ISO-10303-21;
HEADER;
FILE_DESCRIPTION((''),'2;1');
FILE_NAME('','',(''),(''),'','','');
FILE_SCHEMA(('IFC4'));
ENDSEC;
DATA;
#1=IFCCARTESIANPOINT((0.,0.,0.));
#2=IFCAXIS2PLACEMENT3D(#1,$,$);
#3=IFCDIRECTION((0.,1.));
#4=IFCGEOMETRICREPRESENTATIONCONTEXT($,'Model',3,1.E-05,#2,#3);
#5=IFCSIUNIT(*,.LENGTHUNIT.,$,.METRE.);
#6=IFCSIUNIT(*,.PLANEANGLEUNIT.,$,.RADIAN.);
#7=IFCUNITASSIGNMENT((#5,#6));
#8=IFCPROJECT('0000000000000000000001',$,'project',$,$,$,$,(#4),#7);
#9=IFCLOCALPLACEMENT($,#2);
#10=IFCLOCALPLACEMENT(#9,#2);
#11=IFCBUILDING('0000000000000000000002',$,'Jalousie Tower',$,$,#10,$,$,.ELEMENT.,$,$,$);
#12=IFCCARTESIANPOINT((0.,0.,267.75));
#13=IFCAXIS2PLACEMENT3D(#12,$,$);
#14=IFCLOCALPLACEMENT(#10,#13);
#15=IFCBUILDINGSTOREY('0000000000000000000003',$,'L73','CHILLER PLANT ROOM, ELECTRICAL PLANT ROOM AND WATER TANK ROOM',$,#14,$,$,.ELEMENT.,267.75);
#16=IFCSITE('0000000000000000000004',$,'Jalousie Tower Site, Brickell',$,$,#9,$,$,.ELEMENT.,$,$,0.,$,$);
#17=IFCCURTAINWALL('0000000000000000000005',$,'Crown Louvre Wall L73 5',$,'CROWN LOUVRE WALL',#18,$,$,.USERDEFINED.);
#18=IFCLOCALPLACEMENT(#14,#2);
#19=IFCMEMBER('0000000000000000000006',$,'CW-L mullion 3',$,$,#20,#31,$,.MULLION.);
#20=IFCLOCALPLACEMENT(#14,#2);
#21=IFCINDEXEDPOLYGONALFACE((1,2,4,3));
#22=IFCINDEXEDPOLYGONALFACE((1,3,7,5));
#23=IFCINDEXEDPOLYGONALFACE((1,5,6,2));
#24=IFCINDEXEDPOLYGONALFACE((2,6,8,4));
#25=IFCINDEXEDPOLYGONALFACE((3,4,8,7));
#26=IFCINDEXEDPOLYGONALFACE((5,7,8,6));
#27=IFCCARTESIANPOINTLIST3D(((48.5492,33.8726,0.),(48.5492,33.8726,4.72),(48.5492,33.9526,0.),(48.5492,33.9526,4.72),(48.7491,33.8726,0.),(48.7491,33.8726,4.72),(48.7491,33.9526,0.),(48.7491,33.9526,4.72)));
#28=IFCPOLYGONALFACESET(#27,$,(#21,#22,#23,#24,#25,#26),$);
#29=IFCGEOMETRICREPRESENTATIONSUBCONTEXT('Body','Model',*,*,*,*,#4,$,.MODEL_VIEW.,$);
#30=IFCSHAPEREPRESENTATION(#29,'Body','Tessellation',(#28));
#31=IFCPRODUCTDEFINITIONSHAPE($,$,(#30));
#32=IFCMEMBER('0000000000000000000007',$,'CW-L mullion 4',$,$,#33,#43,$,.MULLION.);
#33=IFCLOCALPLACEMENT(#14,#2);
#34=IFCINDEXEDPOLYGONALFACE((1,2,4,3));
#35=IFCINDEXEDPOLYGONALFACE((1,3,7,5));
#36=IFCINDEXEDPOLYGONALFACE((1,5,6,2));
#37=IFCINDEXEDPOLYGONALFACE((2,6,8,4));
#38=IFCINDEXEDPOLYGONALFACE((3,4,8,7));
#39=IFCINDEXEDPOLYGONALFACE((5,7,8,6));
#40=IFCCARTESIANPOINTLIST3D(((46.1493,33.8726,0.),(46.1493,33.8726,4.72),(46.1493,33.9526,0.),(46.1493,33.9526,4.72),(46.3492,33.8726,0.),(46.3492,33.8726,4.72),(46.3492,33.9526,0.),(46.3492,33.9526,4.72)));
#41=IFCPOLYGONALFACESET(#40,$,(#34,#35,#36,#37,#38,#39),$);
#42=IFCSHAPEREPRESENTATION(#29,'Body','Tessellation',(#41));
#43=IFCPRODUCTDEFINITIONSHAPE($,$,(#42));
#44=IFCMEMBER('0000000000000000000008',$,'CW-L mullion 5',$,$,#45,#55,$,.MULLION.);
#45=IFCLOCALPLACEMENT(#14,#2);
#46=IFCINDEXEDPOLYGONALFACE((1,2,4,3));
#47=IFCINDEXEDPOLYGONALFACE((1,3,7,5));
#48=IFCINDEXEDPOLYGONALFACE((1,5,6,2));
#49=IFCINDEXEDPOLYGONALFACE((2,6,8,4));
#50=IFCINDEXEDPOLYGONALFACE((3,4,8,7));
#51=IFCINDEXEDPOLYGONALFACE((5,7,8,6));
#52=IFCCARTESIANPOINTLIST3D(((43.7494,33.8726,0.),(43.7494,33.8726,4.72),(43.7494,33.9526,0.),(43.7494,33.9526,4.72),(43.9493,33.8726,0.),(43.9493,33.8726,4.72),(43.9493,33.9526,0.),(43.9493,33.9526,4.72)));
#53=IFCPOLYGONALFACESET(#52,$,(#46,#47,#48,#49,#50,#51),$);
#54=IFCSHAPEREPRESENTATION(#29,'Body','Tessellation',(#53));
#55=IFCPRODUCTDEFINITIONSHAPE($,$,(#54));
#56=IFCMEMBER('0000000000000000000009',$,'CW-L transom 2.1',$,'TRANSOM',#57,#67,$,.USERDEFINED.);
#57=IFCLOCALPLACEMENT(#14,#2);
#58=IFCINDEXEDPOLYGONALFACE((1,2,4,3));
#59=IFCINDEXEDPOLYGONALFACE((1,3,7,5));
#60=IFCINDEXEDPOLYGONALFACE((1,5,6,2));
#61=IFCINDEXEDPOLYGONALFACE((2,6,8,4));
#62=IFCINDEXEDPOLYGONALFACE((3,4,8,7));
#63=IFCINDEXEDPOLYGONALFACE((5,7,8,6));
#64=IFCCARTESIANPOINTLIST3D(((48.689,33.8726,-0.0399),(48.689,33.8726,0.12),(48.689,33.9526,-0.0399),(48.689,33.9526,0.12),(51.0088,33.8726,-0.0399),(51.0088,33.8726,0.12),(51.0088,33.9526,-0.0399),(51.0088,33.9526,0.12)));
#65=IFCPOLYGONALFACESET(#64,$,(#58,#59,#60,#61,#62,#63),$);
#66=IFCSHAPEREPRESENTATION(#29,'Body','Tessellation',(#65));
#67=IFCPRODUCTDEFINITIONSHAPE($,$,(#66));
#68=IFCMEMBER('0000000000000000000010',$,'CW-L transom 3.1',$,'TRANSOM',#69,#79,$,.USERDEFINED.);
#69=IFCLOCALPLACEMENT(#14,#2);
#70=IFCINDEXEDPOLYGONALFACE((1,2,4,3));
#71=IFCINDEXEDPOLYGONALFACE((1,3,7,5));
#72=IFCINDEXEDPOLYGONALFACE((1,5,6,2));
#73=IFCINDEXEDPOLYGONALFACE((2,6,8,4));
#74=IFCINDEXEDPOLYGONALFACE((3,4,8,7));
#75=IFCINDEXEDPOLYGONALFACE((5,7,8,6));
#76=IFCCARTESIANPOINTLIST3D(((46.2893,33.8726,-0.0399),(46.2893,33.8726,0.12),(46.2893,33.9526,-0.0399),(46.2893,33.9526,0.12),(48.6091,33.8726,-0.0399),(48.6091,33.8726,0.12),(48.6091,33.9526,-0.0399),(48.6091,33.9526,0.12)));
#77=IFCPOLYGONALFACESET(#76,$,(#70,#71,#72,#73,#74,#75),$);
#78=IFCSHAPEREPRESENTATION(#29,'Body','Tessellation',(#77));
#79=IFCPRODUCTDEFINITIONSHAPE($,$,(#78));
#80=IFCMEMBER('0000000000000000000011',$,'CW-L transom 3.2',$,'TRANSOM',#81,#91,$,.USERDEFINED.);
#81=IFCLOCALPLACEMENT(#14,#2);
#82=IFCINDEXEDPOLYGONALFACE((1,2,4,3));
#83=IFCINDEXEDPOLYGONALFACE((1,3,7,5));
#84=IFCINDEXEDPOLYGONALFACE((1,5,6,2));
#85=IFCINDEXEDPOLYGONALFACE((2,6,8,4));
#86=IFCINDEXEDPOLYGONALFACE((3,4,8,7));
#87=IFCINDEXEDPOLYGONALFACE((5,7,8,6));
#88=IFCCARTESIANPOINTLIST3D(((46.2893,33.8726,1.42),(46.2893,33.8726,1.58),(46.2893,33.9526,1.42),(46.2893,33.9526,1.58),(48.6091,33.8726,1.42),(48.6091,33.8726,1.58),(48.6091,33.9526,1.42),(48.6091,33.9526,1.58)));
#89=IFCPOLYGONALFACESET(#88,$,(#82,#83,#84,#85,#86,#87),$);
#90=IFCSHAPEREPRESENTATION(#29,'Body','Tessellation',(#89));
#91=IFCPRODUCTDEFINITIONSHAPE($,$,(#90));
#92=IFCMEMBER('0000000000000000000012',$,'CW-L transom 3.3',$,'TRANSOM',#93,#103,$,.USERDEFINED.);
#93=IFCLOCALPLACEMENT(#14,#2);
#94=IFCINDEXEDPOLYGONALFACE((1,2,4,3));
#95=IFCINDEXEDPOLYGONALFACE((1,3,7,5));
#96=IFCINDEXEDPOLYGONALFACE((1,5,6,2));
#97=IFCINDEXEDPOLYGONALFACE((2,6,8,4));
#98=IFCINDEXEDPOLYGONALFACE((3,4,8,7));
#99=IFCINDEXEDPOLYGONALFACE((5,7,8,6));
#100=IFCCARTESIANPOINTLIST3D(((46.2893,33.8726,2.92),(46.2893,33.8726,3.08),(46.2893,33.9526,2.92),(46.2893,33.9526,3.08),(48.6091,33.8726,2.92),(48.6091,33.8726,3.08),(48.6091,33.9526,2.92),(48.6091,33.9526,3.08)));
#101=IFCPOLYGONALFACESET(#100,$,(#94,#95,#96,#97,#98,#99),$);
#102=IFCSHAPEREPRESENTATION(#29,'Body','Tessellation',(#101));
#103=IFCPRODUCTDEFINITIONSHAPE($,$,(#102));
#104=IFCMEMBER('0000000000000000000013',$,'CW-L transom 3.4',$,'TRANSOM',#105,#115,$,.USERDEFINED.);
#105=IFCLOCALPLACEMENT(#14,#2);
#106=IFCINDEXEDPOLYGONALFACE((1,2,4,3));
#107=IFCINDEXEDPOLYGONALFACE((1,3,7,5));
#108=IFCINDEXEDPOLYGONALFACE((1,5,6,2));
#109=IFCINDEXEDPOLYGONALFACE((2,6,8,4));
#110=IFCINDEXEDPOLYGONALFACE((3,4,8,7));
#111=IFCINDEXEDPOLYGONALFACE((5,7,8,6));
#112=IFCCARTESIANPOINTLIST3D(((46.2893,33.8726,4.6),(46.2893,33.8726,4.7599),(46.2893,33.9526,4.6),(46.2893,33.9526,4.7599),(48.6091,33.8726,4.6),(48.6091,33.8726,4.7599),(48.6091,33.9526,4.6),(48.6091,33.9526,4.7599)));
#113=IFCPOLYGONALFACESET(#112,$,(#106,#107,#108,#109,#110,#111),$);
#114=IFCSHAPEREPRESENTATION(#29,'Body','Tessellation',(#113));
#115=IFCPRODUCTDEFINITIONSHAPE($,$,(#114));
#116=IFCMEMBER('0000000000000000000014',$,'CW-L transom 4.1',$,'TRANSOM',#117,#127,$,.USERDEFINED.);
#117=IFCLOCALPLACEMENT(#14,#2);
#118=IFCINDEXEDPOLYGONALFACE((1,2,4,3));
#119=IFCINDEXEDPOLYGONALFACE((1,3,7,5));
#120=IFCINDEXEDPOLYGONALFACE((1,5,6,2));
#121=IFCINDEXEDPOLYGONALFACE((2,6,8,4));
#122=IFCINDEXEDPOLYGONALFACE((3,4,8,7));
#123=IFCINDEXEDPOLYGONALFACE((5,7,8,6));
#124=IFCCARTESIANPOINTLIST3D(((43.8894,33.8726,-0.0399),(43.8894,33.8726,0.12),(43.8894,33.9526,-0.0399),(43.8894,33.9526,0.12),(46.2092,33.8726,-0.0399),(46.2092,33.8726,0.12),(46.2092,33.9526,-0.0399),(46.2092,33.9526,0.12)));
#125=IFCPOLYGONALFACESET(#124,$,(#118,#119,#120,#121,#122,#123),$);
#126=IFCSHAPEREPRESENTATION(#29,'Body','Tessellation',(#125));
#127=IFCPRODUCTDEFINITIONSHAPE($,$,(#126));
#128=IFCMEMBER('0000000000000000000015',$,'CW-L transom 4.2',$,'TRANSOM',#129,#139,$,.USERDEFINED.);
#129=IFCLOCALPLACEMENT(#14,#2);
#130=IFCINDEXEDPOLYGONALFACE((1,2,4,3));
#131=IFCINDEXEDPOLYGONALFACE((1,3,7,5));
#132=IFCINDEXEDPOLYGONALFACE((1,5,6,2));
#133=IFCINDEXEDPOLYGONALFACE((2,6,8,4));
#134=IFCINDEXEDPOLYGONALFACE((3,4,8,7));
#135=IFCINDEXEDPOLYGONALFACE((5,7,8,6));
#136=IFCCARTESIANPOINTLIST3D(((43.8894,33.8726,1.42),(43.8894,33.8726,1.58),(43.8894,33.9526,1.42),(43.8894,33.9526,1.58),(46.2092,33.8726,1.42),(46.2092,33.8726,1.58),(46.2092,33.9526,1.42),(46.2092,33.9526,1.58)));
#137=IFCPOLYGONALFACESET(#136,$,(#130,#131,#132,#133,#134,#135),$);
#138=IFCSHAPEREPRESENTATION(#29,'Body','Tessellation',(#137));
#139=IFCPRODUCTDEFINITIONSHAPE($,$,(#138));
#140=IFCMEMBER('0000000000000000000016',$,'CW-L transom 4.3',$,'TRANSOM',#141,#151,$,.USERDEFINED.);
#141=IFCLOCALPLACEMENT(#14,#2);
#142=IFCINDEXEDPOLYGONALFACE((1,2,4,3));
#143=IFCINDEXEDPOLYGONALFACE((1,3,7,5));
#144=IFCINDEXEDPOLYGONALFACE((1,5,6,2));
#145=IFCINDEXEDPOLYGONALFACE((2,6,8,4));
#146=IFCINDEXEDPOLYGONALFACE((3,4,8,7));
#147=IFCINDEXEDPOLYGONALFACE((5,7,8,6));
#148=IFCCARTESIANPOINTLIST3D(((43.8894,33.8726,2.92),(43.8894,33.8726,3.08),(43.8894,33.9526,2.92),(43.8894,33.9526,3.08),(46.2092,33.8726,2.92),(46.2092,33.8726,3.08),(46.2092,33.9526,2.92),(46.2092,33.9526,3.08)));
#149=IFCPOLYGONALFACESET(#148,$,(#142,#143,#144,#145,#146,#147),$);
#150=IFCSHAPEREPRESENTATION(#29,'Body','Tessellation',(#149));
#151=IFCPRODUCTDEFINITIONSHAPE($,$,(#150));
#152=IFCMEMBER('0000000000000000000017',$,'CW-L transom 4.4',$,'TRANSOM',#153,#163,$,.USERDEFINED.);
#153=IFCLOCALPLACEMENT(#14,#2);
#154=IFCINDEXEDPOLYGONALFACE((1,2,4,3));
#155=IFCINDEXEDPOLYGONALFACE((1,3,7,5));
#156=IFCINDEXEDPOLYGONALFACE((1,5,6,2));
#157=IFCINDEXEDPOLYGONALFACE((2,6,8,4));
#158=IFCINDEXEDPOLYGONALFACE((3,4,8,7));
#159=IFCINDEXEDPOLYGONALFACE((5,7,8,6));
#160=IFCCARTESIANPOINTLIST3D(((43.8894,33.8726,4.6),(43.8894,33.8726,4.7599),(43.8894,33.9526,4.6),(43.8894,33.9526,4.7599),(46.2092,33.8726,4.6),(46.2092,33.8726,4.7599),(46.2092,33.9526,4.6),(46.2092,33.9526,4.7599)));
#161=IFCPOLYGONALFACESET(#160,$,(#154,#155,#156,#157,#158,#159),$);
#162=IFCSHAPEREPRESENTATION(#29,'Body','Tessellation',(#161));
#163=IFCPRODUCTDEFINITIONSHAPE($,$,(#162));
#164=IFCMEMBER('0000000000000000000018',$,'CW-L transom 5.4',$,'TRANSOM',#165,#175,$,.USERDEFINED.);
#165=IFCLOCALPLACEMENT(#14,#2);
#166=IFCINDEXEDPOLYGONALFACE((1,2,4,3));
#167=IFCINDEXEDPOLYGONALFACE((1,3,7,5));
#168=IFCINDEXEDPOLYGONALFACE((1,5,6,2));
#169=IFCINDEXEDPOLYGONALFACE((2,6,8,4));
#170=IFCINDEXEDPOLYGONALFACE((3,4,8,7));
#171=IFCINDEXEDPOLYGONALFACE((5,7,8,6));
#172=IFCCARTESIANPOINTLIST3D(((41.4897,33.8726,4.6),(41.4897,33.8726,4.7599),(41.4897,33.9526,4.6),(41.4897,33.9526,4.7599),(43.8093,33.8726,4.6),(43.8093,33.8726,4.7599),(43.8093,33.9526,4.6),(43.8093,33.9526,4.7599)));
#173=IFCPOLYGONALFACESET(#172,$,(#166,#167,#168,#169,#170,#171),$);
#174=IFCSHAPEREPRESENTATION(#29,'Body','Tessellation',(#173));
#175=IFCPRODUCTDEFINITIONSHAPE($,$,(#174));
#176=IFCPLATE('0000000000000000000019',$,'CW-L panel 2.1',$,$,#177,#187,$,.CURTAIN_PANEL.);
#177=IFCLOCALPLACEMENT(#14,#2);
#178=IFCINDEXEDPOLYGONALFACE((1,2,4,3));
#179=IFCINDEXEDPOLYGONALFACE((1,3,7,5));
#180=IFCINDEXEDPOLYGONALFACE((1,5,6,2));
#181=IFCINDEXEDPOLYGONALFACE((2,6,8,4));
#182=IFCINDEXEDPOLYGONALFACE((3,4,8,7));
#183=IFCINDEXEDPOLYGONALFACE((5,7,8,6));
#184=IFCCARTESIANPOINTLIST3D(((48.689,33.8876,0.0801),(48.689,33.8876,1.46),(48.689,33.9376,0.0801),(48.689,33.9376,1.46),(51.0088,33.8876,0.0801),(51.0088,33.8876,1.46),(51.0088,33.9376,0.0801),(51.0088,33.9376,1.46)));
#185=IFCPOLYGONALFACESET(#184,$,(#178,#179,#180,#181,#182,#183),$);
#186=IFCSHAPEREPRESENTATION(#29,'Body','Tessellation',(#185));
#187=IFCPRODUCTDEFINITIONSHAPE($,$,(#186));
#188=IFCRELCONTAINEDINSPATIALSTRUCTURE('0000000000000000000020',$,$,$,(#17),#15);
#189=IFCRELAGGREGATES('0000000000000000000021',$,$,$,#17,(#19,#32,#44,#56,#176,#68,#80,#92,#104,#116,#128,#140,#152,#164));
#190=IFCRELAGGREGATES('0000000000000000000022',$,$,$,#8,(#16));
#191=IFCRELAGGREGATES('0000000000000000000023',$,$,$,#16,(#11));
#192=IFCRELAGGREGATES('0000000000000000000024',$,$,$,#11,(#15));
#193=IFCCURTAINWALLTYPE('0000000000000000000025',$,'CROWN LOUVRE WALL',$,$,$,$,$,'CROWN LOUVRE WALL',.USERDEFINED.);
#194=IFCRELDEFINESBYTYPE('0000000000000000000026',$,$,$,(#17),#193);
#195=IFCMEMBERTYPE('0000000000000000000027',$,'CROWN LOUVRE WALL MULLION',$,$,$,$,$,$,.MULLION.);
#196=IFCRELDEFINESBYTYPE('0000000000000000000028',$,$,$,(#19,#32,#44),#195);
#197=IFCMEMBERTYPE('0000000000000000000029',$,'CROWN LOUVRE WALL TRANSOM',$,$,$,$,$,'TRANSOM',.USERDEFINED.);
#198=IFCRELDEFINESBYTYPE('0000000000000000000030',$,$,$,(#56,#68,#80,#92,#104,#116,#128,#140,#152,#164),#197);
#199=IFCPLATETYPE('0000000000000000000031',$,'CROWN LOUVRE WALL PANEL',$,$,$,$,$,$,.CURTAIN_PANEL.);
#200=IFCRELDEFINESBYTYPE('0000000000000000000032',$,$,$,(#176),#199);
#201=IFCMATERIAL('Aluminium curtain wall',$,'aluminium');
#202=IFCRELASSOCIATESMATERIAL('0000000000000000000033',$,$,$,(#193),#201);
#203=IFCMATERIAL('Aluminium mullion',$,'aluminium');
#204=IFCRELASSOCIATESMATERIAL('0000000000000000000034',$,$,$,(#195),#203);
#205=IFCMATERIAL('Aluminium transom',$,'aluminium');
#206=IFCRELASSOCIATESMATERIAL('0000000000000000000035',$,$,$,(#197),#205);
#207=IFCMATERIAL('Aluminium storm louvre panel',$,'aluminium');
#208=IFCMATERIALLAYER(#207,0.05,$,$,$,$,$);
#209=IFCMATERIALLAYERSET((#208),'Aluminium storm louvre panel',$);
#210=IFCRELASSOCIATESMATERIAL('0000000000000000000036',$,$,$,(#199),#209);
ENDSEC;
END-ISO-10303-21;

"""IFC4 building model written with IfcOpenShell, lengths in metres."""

from ifc_helpers import new_model, si_unit, direction, frame, origin, origin_2d, place, context, subcontext, project, spatial, rectangle, extrude, material, layer, layer_set, material_profile, profile_set, type_object, element, aggregate, save


model = new_model("IFC4")

# Units and contexts
model_context = context("Model", 3, precision=1e-05, world=origin(), true_north=direction((0.0, 1.0)))
body_context = subcontext(model_context, "Body", "Model", "MODEL_VIEW")
ifc_project = project(units=[si_unit("LENGTHUNIT", "METRE"), si_unit("PLANEANGLEUNIT", "RADIAN")], contexts=[model_context])

# Site, building, storey
site_placement = place(None, origin())
site = spatial("IfcSite", under=ifc_project, at=site_placement, Name="Jalousie Tower Site, Brickell", CompositionType="ELEMENT", RefElevation=0.0)
building_placement = place(site_placement, origin())
building = spatial("IfcBuilding", under=site, at=building_placement, Name="Jalousie Tower", CompositionType="ELEMENT")
storey_placement = place(building_placement, frame((0.0, 0.0, 267.75)))
storey = spatial("IfcBuildingStorey", under=building, at=storey_placement, Name="L73", Description="CHILLER PLANT ROOM, ELECTRICAL PLANT ROOM AND WATER TANK ROOM", CompositionType="ELEMENT", Elevation=267.75)

# Curtain wall, members, plate
ifc_material_1 = material(Name="Aluminium curtain wall", Category="aluminium")
curtain_wall_type = type_object("IfcCurtainWallType", Name="CROWN LOUVRE WALL", ElementType="CROWN LOUVRE WALL", PredefinedType="USERDEFINED", material=ifc_material_1)
curtain_wall_placement = place(storey_placement, origin())
curtain_wall = element("IfcCurtainWall", 1, at=curtain_wall_placement, inside=storey, type_object=curtain_wall_type, Name="Crown Louvre Wall L73 5", ObjectType="CROWN LOUVRE WALL", PredefinedType="USERDEFINED")
ifc_material_2 = material(Name="Aluminium mullion", Category="aluminium")
ifc_material_profile_1 = material_profile(ifc_material_2, rectangle(XDim=0.0801, YDim=0.2, at=origin_2d()), Name="MULLION 80x200")
ifc_profile_set_1 = profile_set([ifc_material_profile_1], Name="Aluminium mullion")
member_type_1 = type_object("IfcMemberType", Name="CROWN LOUVRE WALL MULLION", PredefinedType="MULLION", material=ifc_profile_set_1)
member_1_placement = place(storey_placement, frame((48.6492, 33.9126, 0.0), z_axis=(0.0, 0.0, 1.0), x_axis=(0.0, -1.0, 0.0)))
member_1 = element("IfcMember", 2, at=member_1_placement, type_object=member_type_1, Name="CW-L mullion 3", PredefinedType="MULLION", context=body_context, shape_type="SweptSolid", body=[
    extrude(rectangle(XDim=0.0801, YDim=0.2, at=origin_2d()), origin(), (0.0, 0.0, 1.0), 4.72),
])
member_2_placement = place(storey_placement, frame((46.2493, 33.9126, 0.0), z_axis=(0.0, 0.0, 1.0), x_axis=(0.0, -1.0, 0.0)))
member_2 = element("IfcMember", 3, at=member_2_placement, type_object=member_type_1, Name="CW-L mullion 4", PredefinedType="MULLION", context=body_context, shape_type="SweptSolid", body=[
    extrude(rectangle(XDim=0.0801, YDim=0.2, at=origin_2d()), origin(), (0.0, 0.0, 1.0), 4.72),
])
member_3_placement = place(storey_placement, frame((43.8494, 33.9126, 0.0), z_axis=(0.0, 0.0, 1.0), x_axis=(0.0, -1.0, 0.0)))
member_3 = element("IfcMember", 4, at=member_3_placement, type_object=member_type_1, Name="CW-L mullion 5", PredefinedType="MULLION", context=body_context, shape_type="SweptSolid", body=[
    extrude(rectangle(XDim=0.0801, YDim=0.2, at=origin_2d()), origin(), (0.0, 0.0, 1.0), 4.72),
])
ifc_material_3 = material(Name="Aluminium transom", Category="aluminium")
ifc_material_profile_2 = material_profile(ifc_material_3, rectangle(XDim=0.0801, YDim=0.1599, at=origin_2d()), Name="TRANSOM 80x160")
ifc_profile_set_2 = profile_set([ifc_material_profile_2], Name="Aluminium transom")
member_type_2 = type_object("IfcMemberType", Name="CROWN LOUVRE WALL TRANSOM", ElementType="TRANSOM", PredefinedType="USERDEFINED", material=ifc_profile_set_2)
member_4_placement = place(storey_placement, frame((51.0088, 33.9126, 0.04), z_axis=(-1.0, 0.0, 0.0), x_axis=(0.0, -1.0, 0.0)))
member_4 = element("IfcMember", 5, at=member_4_placement, type_object=member_type_2, Name="CW-L transom 2.1", ObjectType="TRANSOM", PredefinedType="USERDEFINED", context=body_context, shape_type="SweptSolid", body=[
    extrude(rectangle(XDim=0.0801, YDim=0.1599, at=origin_2d()), origin(), (0.0, 0.0, 1.0), 2.3198),
])
member_5_placement = place(storey_placement, frame((48.6091, 33.9126, 0.04), z_axis=(-1.0, 0.0, 0.0), x_axis=(0.0, -1.0, 0.0)))
member_5 = element("IfcMember", 6, at=member_5_placement, type_object=member_type_2, Name="CW-L transom 3.1", ObjectType="TRANSOM", PredefinedType="USERDEFINED", context=body_context, shape_type="SweptSolid", body=[
    extrude(rectangle(XDim=0.0801, YDim=0.1599, at=origin_2d()), origin(), (0.0, 0.0, 1.0), 2.3198),
])
member_6_placement = place(storey_placement, frame((48.6091, 33.9126, 1.5), z_axis=(-1.0, 0.0, 0.0), x_axis=(0.0, -1.0, 0.0)))
member_6 = element("IfcMember", 7, at=member_6_placement, type_object=member_type_2, Name="CW-L transom 3.2", ObjectType="TRANSOM", PredefinedType="USERDEFINED", context=body_context, shape_type="SweptSolid", body=[
    extrude(rectangle(XDim=0.0801, YDim=0.1599, at=origin_2d()), origin(), (0.0, 0.0, 1.0), 2.3198),
])
member_7_placement = place(storey_placement, frame((48.6091, 33.9126, 3.0), z_axis=(-1.0, 0.0, 0.0), x_axis=(0.0, -1.0, 0.0)))
member_7 = element("IfcMember", 8, at=member_7_placement, type_object=member_type_2, Name="CW-L transom 3.3", ObjectType="TRANSOM", PredefinedType="USERDEFINED", context=body_context, shape_type="SweptSolid", body=[
    extrude(rectangle(XDim=0.0801, YDim=0.1599, at=origin_2d()), origin(), (0.0, 0.0, 1.0), 2.3198),
])
member_8_placement = place(storey_placement, frame((48.6091, 33.9126, 4.6799), z_axis=(-1.0, 0.0, 0.0), x_axis=(0.0, -1.0, 0.0)))
member_8 = element("IfcMember", 9, at=member_8_placement, type_object=member_type_2, Name="CW-L transom 3.4", ObjectType="TRANSOM", PredefinedType="USERDEFINED", context=body_context, shape_type="SweptSolid", body=[
    extrude(rectangle(XDim=0.0801, YDim=0.1599, at=origin_2d()), origin(), (0.0, 0.0, 1.0), 2.3198),
])
member_9_placement = place(storey_placement, frame((46.2092, 33.9126, 0.04), z_axis=(-1.0, 0.0, 0.0), x_axis=(0.0, -1.0, 0.0)))
member_9 = element("IfcMember", 10, at=member_9_placement, type_object=member_type_2, Name="CW-L transom 4.1", ObjectType="TRANSOM", PredefinedType="USERDEFINED", context=body_context, shape_type="SweptSolid", body=[
    extrude(rectangle(XDim=0.0801, YDim=0.1599, at=origin_2d()), origin(), (0.0, 0.0, 1.0), 2.3198),
])
member_10_placement = place(storey_placement, frame((46.2092, 33.9126, 1.5), z_axis=(-1.0, 0.0, 0.0), x_axis=(0.0, -1.0, 0.0)))
member_10 = element("IfcMember", 11, at=member_10_placement, type_object=member_type_2, Name="CW-L transom 4.2", ObjectType="TRANSOM", PredefinedType="USERDEFINED", context=body_context, shape_type="SweptSolid", body=[
    extrude(rectangle(XDim=0.0801, YDim=0.1599, at=origin_2d()), origin(), (0.0, 0.0, 1.0), 2.3198),
])
member_11_placement = place(storey_placement, frame((46.2092, 33.9126, 3.0), z_axis=(-1.0, 0.0, 0.0), x_axis=(0.0, -1.0, 0.0)))
member_11 = element("IfcMember", 12, at=member_11_placement, type_object=member_type_2, Name="CW-L transom 4.3", ObjectType="TRANSOM", PredefinedType="USERDEFINED", context=body_context, shape_type="SweptSolid", body=[
    extrude(rectangle(XDim=0.0801, YDim=0.1599, at=origin_2d()), origin(), (0.0, 0.0, 1.0), 2.3198),
])
member_12_placement = place(storey_placement, frame((46.2092, 33.9126, 4.6799), z_axis=(-1.0, 0.0, 0.0), x_axis=(0.0, -1.0, 0.0)))
member_12 = element("IfcMember", 13, at=member_12_placement, type_object=member_type_2, Name="CW-L transom 4.4", ObjectType="TRANSOM", PredefinedType="USERDEFINED", context=body_context, shape_type="SweptSolid", body=[
    extrude(rectangle(XDim=0.0801, YDim=0.1599, at=origin_2d()), origin(), (0.0, 0.0, 1.0), 2.3198),
])
member_13_placement = place(storey_placement, frame((43.8093, 33.9126, 4.6799), z_axis=(-1.0, 0.0, 0.0), x_axis=(0.0, -1.0, 0.0)))
member_13 = element("IfcMember", 14, at=member_13_placement, type_object=member_type_2, Name="CW-L transom 5.4", ObjectType="TRANSOM", PredefinedType="USERDEFINED", context=body_context, shape_type="SweptSolid", body=[
    extrude(rectangle(XDim=0.0801, YDim=0.1599, at=origin_2d()), origin(), (0.0, 0.0, 1.0), 2.3196),
])
ifc_material_4 = material(Name="Aluminium storm louvre panel", Category="aluminium")
ifc_layer = layer(ifc_material_4, 0.05)
ifc_layer_set = layer_set([ifc_layer], Name="Aluminium storm louvre panel")
plate_type = type_object("IfcPlateType", Name="CROWN LOUVRE WALL PANEL", PredefinedType="CURTAIN_PANEL", material=ifc_layer_set)
plate_1_placement = place(storey_placement, frame((49.8489, 33.9126, 0.0801), z_axis=(0.0, 0.0, 1.0), x_axis=(-1.0, 0.0, 0.0)))
plate_1 = element("IfcPlate", 15, at=plate_1_placement, type_object=plate_type, Name="CW-L panel 2.1", PredefinedType="CURTAIN_PANEL", context=body_context, shape_type="SweptSolid", body=[
    extrude(rectangle(XDim=2.3198, YDim=0.05, at=origin_2d()), origin(), (0.0, 0.0, 1.0), 1.3799),
])
aggregate(curtain_wall, [member_1, member_2, member_3, member_4, plate_1, member_5, member_6, member_7, member_8, member_9, member_10, member_11, member_12, member_13])

save(model, "model.ifc")
